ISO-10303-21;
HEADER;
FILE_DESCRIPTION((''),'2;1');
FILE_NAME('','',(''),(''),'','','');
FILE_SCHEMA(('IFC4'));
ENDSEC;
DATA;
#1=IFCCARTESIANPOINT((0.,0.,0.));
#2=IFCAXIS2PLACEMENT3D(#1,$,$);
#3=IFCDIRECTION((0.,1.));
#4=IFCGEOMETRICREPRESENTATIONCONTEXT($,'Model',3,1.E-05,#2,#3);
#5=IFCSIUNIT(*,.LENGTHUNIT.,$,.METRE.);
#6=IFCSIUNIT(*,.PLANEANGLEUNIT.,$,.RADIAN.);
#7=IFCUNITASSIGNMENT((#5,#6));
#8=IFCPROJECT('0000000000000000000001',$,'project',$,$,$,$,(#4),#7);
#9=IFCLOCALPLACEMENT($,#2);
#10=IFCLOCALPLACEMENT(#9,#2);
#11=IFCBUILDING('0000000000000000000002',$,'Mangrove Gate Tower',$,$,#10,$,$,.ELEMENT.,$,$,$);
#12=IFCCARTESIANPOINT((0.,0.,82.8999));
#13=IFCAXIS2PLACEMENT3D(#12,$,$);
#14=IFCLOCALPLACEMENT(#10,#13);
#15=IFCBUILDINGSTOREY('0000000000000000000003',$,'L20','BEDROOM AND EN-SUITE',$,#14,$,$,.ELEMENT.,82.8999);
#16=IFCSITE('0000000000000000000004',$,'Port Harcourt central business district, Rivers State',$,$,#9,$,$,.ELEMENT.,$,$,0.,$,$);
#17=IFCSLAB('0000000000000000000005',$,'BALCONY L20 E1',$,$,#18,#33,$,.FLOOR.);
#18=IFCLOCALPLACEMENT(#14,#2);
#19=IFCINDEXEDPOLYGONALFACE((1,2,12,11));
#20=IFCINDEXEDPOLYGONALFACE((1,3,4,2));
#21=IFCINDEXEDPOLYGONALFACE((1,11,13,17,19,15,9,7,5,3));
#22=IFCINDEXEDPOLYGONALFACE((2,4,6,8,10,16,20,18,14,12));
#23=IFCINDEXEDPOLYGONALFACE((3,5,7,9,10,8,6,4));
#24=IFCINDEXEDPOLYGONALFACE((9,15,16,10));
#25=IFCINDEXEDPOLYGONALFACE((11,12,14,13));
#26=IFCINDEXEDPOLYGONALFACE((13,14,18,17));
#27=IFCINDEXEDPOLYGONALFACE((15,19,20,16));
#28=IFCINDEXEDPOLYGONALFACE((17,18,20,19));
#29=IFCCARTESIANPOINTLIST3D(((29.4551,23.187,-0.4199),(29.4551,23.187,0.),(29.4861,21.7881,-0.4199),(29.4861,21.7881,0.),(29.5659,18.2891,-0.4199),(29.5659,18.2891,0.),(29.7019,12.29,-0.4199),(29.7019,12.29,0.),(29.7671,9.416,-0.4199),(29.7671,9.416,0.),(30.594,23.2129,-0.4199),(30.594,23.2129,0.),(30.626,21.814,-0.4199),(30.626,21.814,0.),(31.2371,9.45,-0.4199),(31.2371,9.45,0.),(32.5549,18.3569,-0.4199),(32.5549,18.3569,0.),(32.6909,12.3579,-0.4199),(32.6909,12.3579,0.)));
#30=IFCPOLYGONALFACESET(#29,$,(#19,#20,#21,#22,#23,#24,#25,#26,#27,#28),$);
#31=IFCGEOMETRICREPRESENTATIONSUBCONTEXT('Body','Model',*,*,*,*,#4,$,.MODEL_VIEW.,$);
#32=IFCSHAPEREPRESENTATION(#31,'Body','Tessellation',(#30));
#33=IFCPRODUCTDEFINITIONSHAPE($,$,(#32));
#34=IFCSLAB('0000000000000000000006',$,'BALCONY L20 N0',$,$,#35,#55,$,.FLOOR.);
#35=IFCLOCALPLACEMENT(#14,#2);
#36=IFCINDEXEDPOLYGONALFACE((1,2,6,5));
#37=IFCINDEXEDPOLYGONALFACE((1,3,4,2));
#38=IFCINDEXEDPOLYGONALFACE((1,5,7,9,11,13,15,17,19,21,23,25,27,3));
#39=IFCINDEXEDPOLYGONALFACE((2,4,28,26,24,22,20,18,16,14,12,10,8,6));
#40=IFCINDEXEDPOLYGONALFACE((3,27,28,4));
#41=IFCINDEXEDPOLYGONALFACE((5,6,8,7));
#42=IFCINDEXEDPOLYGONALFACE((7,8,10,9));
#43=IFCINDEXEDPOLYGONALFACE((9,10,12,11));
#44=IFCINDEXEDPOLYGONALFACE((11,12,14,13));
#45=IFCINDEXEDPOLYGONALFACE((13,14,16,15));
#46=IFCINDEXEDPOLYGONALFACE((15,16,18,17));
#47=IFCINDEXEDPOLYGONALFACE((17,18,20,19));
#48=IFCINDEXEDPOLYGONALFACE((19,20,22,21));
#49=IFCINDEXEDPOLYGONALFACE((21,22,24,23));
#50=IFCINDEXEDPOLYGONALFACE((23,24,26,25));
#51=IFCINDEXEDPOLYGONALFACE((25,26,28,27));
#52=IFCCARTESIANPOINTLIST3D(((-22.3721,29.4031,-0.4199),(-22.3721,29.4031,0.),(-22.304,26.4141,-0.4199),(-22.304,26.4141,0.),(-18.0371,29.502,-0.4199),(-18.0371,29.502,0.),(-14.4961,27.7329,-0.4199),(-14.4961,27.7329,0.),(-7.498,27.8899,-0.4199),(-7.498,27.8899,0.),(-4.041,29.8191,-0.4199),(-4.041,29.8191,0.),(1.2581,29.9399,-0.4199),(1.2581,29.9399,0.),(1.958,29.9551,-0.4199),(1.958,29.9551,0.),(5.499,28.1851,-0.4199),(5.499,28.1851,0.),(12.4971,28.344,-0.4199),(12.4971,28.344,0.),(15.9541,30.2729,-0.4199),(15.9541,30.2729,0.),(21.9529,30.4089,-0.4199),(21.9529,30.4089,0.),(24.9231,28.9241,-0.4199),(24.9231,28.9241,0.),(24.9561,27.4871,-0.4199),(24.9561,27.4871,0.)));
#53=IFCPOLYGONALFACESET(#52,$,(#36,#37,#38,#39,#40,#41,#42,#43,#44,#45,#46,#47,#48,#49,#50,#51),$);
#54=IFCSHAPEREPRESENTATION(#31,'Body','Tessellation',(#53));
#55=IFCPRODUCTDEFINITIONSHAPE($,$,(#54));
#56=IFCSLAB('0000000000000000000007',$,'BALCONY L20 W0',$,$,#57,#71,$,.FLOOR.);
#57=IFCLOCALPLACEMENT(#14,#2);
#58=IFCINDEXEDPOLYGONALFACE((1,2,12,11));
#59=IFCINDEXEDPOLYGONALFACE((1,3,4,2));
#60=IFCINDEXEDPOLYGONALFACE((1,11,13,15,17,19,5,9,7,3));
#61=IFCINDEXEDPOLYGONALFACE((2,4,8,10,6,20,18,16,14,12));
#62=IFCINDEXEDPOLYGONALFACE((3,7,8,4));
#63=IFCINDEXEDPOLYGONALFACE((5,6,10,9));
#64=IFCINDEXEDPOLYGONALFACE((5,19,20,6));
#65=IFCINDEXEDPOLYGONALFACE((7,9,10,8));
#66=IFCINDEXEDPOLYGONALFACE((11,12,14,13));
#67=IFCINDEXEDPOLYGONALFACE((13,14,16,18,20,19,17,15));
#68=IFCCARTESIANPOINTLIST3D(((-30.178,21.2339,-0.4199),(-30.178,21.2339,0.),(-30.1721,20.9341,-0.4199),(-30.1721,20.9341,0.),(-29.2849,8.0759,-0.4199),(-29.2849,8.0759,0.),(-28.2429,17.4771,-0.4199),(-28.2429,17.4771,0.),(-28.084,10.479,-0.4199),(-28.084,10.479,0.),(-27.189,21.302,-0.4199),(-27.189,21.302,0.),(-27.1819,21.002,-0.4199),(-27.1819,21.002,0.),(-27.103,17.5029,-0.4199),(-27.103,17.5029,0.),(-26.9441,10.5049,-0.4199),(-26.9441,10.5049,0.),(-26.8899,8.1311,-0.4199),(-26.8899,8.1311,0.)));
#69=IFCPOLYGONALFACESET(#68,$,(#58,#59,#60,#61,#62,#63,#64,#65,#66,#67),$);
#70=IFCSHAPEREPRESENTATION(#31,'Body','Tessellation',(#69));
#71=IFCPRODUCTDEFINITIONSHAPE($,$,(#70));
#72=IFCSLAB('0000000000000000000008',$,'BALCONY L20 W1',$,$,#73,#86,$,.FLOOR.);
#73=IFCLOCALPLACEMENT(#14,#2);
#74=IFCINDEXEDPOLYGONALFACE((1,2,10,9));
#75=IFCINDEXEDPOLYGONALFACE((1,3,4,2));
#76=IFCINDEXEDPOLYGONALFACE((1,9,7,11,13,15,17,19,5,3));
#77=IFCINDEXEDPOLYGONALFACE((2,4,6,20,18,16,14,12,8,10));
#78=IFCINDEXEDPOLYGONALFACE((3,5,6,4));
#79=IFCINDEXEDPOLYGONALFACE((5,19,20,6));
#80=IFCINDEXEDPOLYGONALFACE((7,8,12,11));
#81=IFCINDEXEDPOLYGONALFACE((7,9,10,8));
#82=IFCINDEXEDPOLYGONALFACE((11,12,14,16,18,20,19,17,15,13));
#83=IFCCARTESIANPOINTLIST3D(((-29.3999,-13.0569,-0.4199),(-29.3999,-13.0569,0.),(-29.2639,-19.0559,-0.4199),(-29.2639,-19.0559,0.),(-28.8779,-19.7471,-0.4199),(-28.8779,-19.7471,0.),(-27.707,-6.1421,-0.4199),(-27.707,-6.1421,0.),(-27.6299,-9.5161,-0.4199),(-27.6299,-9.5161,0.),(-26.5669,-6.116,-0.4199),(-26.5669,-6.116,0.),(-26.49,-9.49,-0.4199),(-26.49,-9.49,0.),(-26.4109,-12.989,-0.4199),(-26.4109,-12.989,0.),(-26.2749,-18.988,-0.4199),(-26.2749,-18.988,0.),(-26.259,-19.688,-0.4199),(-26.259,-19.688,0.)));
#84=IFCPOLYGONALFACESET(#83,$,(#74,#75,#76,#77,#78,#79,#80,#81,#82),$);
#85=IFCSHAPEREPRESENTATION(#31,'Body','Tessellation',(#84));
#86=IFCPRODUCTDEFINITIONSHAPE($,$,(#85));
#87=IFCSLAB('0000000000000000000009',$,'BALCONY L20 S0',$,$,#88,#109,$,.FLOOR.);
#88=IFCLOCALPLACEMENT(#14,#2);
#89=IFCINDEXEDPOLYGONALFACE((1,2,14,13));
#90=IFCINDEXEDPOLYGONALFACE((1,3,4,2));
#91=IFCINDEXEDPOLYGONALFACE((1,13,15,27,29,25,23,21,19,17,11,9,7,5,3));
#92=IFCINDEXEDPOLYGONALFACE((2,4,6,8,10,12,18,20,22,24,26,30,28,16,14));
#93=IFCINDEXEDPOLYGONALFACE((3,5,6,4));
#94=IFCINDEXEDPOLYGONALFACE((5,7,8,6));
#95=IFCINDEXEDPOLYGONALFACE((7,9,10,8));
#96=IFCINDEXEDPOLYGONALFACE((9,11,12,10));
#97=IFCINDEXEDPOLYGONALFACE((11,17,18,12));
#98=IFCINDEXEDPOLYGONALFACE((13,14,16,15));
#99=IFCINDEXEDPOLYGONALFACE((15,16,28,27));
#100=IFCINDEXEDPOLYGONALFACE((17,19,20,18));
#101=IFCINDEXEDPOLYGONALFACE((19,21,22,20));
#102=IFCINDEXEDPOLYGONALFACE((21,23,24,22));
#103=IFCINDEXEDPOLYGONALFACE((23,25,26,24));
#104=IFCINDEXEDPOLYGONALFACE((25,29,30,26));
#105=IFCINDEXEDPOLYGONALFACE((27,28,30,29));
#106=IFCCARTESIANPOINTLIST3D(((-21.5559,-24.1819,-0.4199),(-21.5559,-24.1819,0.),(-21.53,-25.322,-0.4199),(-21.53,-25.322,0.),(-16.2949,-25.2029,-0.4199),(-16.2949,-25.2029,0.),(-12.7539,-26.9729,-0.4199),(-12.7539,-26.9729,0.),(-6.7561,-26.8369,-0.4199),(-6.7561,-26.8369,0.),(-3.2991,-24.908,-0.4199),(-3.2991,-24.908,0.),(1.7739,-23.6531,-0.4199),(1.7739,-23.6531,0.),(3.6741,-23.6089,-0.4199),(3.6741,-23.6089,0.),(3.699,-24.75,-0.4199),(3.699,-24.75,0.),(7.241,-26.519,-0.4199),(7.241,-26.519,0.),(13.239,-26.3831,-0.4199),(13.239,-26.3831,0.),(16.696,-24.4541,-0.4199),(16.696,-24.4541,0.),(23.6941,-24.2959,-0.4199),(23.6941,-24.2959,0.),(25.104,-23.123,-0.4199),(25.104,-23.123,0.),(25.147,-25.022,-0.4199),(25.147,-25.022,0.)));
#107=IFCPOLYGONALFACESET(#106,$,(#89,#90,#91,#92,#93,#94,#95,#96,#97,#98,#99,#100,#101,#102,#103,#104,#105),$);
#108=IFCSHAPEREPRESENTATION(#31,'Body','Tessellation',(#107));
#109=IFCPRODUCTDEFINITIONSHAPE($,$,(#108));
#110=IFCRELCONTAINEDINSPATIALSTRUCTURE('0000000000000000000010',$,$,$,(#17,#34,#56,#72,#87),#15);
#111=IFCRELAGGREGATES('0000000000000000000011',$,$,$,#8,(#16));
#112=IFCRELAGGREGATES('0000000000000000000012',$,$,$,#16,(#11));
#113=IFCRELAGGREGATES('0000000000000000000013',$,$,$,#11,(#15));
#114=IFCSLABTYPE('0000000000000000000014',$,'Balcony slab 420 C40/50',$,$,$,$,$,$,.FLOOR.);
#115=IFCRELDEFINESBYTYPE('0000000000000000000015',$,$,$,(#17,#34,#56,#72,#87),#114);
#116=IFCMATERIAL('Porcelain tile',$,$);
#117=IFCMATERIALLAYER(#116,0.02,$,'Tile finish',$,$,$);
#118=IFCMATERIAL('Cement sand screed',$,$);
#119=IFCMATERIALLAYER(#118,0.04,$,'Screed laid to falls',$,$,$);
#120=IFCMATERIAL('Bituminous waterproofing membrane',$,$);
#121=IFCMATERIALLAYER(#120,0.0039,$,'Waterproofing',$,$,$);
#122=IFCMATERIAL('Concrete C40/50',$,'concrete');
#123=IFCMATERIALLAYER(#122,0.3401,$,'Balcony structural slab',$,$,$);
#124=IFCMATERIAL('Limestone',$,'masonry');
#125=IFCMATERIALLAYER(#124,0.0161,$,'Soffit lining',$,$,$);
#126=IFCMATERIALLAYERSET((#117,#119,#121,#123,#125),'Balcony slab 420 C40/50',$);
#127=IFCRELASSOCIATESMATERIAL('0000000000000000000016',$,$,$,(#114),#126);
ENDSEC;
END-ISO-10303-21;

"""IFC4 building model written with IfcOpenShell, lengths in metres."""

from ifc_helpers import new_model, si_unit, direction, frame, origin, place, context, subcontext, project, spatial, polyline, outline, extrude, material, layer, layer_set, type_object, element, save


model = new_model("IFC4")

# Units and contexts
model_context = context("Model", 3, precision=1e-05, world=origin(), true_north=direction((0.0, 1.0)))
body_context = subcontext(model_context, "Body", "Model", "MODEL_VIEW")
ifc_project = project(units=[si_unit("LENGTHUNIT", "METRE"), si_unit("PLANEANGLEUNIT", "RADIAN")], contexts=[model_context])

# Site, building, storey
site_placement = place(None, origin())
site = spatial("IfcSite", under=ifc_project, at=site_placement, Name="Port Harcourt central business district, Rivers State", CompositionType="ELEMENT", RefElevation=0.0)
building_placement = place(site_placement, origin())
building = spatial("IfcBuilding", under=site, at=building_placement, Name="Mangrove Gate Tower", CompositionType="ELEMENT")
storey_placement = place(building_placement, frame((0.0, 0.0, 82.8999)))
storey = spatial("IfcBuildingStorey", under=building, at=storey_placement, Name="L20", Description="BEDROOM AND EN-SUITE", CompositionType="ELEMENT", Elevation=82.8999)

# Slabs
ifc_material_1 = material(Name="Porcelain tile")
ifc_layer_1 = layer(ifc_material_1, 0.02, Name="Tile finish")
ifc_material_2 = material(Name="Cement sand screed")
ifc_layer_2 = layer(ifc_material_2, 0.04, Name="Screed laid to falls")
ifc_material_3 = material(Name="Bituminous waterproofing membrane")
ifc_layer_3 = layer(ifc_material_3, 0.0039, Name="Waterproofing")
ifc_material_4 = material(Name="Concrete C40/50", Category="concrete")
ifc_layer_4 = layer(ifc_material_4, 0.3401, Name="Balcony structural slab")
ifc_material_5 = material(Name="Limestone", Category="masonry")
ifc_layer_5 = layer(ifc_material_5, 0.0161, Name="Soffit lining")
ifc_layer_set_1 = layer_set([ifc_layer_1, ifc_layer_2, ifc_layer_3, ifc_layer_4, ifc_layer_5], Name="Balcony slab 420 C40/50")
slab_type_1 = type_object("IfcSlabType", Name="Balcony slab 420 C40/50", PredefinedType="FLOOR", material=ifc_layer_set_1)
slab_1_placement = place(storey_placement, frame((0.0, 0.0, -0.4199)))
element("IfcSlab", 1, at=slab_1_placement, inside=storey, type_object=slab_type_1, Name="BALCONY L20 E1", PredefinedType="FLOOR", context=body_context, shape_type="SweptSolid", body=[
    extrude(outline(polyline([(31.2371, 9.45), (32.6909, 12.3579), (32.5549, 18.3569), (30.626, 21.814), (30.594, 23.2129), (29.4551, 23.187), (29.4861, 21.7881), (29.5659, 18.2891), (29.7019, 12.29), (29.7671, 9.416), (31.2371, 9.45)])), origin(), (0.0, 0.0, 1.0), 0.4199),
])
slab_2_placement = place(storey_placement, frame((0.0, 0.0, -0.4199)))
element("IfcSlab", 2, at=slab_2_placement, inside=storey, type_object=slab_type_1, Name="BALCONY L20 N0", PredefinedType="FLOOR", context=body_context, shape_type="SweptSolid", body=[
    extrude(outline(polyline([(24.9231, 28.9241), (21.9529, 30.4089), (15.9541, 30.2729), (12.4971, 28.344), (5.499, 28.1851), (1.958, 29.9551), (1.2581, 29.9399), (-4.041, 29.8191), (-7.498, 27.8899), (-14.4961, 27.7329), (-18.0371, 29.502), (-22.3721, 29.4031), (-22.304, 26.4141), (24.9561, 27.4871), (24.9231, 28.9241)])), origin(), (0.0, 0.0, 1.0), 0.4199),
])
slab_3_placement = place(storey_placement, frame((0.0, 0.0, -0.4199)))
element("IfcSlab", 3, at=slab_3_placement, inside=storey, type_object=slab_type_1, Name="BALCONY L20 W0", PredefinedType="FLOOR", context=body_context, shape_type="SweptSolid", body=[
    extrude(outline(polyline([(-30.178, 21.2339), (-30.1721, 20.9341), (-28.2429, 17.4771), (-28.084, 10.479), (-29.2849, 8.0759), (-26.8899, 8.1311), (-26.9441, 10.5049), (-27.103, 17.5029), (-27.1819, 21.002), (-27.189, 21.302), (-30.178, 21.2339)])), origin(), (0.0, 0.0, 1.0), 0.4199),
])
slab_4_placement = place(storey_placement, frame((0.0, 0.0, -0.4199)))
element("IfcSlab", 4, at=slab_4_placement, inside=storey, type_object=slab_type_1, Name="BALCONY L20 W1", PredefinedType="FLOOR", context=body_context, shape_type="SweptSolid", body=[
    extrude(outline(polyline([(-27.707, -6.1421), (-27.6299, -9.5161), (-29.3999, -13.0569), (-29.2639, -19.0559), (-28.8779, -19.7471), (-26.259, -19.688), (-26.2749, -18.988), (-26.4109, -12.989), (-26.49, -9.49), (-26.5669, -6.116), (-27.707, -6.1421)])), origin(), (0.0, 0.0, 1.0), 0.4199),
])
slab_5_placement = place(storey_placement, frame((0.0, 0.0, -0.4199)))
element("IfcSlab", 5, at=slab_5_placement, inside=storey, type_object=slab_type_1, Name="BALCONY L20 S0", PredefinedType="FLOOR", context=body_context, shape_type="SweptSolid", body=[
    extrude(outline(polyline([(-21.53, -25.322), (-16.2949, -25.2029), (-12.7539, -26.9729), (-6.7561, -26.8369), (-3.2991, -24.908), (3.699, -24.75), (7.241, -26.519), (13.239, -26.3831), (16.696, -24.4541), (23.6941, -24.2959), (25.147, -25.022), (25.104, -23.123), (3.6741, -23.6089), (1.7739, -23.6531), (-21.5559, -24.1819), (-21.53, -25.322)])), origin(), (0.0, 0.0, 1.0), 0.4199),
])

save(model, "model.ifc")
